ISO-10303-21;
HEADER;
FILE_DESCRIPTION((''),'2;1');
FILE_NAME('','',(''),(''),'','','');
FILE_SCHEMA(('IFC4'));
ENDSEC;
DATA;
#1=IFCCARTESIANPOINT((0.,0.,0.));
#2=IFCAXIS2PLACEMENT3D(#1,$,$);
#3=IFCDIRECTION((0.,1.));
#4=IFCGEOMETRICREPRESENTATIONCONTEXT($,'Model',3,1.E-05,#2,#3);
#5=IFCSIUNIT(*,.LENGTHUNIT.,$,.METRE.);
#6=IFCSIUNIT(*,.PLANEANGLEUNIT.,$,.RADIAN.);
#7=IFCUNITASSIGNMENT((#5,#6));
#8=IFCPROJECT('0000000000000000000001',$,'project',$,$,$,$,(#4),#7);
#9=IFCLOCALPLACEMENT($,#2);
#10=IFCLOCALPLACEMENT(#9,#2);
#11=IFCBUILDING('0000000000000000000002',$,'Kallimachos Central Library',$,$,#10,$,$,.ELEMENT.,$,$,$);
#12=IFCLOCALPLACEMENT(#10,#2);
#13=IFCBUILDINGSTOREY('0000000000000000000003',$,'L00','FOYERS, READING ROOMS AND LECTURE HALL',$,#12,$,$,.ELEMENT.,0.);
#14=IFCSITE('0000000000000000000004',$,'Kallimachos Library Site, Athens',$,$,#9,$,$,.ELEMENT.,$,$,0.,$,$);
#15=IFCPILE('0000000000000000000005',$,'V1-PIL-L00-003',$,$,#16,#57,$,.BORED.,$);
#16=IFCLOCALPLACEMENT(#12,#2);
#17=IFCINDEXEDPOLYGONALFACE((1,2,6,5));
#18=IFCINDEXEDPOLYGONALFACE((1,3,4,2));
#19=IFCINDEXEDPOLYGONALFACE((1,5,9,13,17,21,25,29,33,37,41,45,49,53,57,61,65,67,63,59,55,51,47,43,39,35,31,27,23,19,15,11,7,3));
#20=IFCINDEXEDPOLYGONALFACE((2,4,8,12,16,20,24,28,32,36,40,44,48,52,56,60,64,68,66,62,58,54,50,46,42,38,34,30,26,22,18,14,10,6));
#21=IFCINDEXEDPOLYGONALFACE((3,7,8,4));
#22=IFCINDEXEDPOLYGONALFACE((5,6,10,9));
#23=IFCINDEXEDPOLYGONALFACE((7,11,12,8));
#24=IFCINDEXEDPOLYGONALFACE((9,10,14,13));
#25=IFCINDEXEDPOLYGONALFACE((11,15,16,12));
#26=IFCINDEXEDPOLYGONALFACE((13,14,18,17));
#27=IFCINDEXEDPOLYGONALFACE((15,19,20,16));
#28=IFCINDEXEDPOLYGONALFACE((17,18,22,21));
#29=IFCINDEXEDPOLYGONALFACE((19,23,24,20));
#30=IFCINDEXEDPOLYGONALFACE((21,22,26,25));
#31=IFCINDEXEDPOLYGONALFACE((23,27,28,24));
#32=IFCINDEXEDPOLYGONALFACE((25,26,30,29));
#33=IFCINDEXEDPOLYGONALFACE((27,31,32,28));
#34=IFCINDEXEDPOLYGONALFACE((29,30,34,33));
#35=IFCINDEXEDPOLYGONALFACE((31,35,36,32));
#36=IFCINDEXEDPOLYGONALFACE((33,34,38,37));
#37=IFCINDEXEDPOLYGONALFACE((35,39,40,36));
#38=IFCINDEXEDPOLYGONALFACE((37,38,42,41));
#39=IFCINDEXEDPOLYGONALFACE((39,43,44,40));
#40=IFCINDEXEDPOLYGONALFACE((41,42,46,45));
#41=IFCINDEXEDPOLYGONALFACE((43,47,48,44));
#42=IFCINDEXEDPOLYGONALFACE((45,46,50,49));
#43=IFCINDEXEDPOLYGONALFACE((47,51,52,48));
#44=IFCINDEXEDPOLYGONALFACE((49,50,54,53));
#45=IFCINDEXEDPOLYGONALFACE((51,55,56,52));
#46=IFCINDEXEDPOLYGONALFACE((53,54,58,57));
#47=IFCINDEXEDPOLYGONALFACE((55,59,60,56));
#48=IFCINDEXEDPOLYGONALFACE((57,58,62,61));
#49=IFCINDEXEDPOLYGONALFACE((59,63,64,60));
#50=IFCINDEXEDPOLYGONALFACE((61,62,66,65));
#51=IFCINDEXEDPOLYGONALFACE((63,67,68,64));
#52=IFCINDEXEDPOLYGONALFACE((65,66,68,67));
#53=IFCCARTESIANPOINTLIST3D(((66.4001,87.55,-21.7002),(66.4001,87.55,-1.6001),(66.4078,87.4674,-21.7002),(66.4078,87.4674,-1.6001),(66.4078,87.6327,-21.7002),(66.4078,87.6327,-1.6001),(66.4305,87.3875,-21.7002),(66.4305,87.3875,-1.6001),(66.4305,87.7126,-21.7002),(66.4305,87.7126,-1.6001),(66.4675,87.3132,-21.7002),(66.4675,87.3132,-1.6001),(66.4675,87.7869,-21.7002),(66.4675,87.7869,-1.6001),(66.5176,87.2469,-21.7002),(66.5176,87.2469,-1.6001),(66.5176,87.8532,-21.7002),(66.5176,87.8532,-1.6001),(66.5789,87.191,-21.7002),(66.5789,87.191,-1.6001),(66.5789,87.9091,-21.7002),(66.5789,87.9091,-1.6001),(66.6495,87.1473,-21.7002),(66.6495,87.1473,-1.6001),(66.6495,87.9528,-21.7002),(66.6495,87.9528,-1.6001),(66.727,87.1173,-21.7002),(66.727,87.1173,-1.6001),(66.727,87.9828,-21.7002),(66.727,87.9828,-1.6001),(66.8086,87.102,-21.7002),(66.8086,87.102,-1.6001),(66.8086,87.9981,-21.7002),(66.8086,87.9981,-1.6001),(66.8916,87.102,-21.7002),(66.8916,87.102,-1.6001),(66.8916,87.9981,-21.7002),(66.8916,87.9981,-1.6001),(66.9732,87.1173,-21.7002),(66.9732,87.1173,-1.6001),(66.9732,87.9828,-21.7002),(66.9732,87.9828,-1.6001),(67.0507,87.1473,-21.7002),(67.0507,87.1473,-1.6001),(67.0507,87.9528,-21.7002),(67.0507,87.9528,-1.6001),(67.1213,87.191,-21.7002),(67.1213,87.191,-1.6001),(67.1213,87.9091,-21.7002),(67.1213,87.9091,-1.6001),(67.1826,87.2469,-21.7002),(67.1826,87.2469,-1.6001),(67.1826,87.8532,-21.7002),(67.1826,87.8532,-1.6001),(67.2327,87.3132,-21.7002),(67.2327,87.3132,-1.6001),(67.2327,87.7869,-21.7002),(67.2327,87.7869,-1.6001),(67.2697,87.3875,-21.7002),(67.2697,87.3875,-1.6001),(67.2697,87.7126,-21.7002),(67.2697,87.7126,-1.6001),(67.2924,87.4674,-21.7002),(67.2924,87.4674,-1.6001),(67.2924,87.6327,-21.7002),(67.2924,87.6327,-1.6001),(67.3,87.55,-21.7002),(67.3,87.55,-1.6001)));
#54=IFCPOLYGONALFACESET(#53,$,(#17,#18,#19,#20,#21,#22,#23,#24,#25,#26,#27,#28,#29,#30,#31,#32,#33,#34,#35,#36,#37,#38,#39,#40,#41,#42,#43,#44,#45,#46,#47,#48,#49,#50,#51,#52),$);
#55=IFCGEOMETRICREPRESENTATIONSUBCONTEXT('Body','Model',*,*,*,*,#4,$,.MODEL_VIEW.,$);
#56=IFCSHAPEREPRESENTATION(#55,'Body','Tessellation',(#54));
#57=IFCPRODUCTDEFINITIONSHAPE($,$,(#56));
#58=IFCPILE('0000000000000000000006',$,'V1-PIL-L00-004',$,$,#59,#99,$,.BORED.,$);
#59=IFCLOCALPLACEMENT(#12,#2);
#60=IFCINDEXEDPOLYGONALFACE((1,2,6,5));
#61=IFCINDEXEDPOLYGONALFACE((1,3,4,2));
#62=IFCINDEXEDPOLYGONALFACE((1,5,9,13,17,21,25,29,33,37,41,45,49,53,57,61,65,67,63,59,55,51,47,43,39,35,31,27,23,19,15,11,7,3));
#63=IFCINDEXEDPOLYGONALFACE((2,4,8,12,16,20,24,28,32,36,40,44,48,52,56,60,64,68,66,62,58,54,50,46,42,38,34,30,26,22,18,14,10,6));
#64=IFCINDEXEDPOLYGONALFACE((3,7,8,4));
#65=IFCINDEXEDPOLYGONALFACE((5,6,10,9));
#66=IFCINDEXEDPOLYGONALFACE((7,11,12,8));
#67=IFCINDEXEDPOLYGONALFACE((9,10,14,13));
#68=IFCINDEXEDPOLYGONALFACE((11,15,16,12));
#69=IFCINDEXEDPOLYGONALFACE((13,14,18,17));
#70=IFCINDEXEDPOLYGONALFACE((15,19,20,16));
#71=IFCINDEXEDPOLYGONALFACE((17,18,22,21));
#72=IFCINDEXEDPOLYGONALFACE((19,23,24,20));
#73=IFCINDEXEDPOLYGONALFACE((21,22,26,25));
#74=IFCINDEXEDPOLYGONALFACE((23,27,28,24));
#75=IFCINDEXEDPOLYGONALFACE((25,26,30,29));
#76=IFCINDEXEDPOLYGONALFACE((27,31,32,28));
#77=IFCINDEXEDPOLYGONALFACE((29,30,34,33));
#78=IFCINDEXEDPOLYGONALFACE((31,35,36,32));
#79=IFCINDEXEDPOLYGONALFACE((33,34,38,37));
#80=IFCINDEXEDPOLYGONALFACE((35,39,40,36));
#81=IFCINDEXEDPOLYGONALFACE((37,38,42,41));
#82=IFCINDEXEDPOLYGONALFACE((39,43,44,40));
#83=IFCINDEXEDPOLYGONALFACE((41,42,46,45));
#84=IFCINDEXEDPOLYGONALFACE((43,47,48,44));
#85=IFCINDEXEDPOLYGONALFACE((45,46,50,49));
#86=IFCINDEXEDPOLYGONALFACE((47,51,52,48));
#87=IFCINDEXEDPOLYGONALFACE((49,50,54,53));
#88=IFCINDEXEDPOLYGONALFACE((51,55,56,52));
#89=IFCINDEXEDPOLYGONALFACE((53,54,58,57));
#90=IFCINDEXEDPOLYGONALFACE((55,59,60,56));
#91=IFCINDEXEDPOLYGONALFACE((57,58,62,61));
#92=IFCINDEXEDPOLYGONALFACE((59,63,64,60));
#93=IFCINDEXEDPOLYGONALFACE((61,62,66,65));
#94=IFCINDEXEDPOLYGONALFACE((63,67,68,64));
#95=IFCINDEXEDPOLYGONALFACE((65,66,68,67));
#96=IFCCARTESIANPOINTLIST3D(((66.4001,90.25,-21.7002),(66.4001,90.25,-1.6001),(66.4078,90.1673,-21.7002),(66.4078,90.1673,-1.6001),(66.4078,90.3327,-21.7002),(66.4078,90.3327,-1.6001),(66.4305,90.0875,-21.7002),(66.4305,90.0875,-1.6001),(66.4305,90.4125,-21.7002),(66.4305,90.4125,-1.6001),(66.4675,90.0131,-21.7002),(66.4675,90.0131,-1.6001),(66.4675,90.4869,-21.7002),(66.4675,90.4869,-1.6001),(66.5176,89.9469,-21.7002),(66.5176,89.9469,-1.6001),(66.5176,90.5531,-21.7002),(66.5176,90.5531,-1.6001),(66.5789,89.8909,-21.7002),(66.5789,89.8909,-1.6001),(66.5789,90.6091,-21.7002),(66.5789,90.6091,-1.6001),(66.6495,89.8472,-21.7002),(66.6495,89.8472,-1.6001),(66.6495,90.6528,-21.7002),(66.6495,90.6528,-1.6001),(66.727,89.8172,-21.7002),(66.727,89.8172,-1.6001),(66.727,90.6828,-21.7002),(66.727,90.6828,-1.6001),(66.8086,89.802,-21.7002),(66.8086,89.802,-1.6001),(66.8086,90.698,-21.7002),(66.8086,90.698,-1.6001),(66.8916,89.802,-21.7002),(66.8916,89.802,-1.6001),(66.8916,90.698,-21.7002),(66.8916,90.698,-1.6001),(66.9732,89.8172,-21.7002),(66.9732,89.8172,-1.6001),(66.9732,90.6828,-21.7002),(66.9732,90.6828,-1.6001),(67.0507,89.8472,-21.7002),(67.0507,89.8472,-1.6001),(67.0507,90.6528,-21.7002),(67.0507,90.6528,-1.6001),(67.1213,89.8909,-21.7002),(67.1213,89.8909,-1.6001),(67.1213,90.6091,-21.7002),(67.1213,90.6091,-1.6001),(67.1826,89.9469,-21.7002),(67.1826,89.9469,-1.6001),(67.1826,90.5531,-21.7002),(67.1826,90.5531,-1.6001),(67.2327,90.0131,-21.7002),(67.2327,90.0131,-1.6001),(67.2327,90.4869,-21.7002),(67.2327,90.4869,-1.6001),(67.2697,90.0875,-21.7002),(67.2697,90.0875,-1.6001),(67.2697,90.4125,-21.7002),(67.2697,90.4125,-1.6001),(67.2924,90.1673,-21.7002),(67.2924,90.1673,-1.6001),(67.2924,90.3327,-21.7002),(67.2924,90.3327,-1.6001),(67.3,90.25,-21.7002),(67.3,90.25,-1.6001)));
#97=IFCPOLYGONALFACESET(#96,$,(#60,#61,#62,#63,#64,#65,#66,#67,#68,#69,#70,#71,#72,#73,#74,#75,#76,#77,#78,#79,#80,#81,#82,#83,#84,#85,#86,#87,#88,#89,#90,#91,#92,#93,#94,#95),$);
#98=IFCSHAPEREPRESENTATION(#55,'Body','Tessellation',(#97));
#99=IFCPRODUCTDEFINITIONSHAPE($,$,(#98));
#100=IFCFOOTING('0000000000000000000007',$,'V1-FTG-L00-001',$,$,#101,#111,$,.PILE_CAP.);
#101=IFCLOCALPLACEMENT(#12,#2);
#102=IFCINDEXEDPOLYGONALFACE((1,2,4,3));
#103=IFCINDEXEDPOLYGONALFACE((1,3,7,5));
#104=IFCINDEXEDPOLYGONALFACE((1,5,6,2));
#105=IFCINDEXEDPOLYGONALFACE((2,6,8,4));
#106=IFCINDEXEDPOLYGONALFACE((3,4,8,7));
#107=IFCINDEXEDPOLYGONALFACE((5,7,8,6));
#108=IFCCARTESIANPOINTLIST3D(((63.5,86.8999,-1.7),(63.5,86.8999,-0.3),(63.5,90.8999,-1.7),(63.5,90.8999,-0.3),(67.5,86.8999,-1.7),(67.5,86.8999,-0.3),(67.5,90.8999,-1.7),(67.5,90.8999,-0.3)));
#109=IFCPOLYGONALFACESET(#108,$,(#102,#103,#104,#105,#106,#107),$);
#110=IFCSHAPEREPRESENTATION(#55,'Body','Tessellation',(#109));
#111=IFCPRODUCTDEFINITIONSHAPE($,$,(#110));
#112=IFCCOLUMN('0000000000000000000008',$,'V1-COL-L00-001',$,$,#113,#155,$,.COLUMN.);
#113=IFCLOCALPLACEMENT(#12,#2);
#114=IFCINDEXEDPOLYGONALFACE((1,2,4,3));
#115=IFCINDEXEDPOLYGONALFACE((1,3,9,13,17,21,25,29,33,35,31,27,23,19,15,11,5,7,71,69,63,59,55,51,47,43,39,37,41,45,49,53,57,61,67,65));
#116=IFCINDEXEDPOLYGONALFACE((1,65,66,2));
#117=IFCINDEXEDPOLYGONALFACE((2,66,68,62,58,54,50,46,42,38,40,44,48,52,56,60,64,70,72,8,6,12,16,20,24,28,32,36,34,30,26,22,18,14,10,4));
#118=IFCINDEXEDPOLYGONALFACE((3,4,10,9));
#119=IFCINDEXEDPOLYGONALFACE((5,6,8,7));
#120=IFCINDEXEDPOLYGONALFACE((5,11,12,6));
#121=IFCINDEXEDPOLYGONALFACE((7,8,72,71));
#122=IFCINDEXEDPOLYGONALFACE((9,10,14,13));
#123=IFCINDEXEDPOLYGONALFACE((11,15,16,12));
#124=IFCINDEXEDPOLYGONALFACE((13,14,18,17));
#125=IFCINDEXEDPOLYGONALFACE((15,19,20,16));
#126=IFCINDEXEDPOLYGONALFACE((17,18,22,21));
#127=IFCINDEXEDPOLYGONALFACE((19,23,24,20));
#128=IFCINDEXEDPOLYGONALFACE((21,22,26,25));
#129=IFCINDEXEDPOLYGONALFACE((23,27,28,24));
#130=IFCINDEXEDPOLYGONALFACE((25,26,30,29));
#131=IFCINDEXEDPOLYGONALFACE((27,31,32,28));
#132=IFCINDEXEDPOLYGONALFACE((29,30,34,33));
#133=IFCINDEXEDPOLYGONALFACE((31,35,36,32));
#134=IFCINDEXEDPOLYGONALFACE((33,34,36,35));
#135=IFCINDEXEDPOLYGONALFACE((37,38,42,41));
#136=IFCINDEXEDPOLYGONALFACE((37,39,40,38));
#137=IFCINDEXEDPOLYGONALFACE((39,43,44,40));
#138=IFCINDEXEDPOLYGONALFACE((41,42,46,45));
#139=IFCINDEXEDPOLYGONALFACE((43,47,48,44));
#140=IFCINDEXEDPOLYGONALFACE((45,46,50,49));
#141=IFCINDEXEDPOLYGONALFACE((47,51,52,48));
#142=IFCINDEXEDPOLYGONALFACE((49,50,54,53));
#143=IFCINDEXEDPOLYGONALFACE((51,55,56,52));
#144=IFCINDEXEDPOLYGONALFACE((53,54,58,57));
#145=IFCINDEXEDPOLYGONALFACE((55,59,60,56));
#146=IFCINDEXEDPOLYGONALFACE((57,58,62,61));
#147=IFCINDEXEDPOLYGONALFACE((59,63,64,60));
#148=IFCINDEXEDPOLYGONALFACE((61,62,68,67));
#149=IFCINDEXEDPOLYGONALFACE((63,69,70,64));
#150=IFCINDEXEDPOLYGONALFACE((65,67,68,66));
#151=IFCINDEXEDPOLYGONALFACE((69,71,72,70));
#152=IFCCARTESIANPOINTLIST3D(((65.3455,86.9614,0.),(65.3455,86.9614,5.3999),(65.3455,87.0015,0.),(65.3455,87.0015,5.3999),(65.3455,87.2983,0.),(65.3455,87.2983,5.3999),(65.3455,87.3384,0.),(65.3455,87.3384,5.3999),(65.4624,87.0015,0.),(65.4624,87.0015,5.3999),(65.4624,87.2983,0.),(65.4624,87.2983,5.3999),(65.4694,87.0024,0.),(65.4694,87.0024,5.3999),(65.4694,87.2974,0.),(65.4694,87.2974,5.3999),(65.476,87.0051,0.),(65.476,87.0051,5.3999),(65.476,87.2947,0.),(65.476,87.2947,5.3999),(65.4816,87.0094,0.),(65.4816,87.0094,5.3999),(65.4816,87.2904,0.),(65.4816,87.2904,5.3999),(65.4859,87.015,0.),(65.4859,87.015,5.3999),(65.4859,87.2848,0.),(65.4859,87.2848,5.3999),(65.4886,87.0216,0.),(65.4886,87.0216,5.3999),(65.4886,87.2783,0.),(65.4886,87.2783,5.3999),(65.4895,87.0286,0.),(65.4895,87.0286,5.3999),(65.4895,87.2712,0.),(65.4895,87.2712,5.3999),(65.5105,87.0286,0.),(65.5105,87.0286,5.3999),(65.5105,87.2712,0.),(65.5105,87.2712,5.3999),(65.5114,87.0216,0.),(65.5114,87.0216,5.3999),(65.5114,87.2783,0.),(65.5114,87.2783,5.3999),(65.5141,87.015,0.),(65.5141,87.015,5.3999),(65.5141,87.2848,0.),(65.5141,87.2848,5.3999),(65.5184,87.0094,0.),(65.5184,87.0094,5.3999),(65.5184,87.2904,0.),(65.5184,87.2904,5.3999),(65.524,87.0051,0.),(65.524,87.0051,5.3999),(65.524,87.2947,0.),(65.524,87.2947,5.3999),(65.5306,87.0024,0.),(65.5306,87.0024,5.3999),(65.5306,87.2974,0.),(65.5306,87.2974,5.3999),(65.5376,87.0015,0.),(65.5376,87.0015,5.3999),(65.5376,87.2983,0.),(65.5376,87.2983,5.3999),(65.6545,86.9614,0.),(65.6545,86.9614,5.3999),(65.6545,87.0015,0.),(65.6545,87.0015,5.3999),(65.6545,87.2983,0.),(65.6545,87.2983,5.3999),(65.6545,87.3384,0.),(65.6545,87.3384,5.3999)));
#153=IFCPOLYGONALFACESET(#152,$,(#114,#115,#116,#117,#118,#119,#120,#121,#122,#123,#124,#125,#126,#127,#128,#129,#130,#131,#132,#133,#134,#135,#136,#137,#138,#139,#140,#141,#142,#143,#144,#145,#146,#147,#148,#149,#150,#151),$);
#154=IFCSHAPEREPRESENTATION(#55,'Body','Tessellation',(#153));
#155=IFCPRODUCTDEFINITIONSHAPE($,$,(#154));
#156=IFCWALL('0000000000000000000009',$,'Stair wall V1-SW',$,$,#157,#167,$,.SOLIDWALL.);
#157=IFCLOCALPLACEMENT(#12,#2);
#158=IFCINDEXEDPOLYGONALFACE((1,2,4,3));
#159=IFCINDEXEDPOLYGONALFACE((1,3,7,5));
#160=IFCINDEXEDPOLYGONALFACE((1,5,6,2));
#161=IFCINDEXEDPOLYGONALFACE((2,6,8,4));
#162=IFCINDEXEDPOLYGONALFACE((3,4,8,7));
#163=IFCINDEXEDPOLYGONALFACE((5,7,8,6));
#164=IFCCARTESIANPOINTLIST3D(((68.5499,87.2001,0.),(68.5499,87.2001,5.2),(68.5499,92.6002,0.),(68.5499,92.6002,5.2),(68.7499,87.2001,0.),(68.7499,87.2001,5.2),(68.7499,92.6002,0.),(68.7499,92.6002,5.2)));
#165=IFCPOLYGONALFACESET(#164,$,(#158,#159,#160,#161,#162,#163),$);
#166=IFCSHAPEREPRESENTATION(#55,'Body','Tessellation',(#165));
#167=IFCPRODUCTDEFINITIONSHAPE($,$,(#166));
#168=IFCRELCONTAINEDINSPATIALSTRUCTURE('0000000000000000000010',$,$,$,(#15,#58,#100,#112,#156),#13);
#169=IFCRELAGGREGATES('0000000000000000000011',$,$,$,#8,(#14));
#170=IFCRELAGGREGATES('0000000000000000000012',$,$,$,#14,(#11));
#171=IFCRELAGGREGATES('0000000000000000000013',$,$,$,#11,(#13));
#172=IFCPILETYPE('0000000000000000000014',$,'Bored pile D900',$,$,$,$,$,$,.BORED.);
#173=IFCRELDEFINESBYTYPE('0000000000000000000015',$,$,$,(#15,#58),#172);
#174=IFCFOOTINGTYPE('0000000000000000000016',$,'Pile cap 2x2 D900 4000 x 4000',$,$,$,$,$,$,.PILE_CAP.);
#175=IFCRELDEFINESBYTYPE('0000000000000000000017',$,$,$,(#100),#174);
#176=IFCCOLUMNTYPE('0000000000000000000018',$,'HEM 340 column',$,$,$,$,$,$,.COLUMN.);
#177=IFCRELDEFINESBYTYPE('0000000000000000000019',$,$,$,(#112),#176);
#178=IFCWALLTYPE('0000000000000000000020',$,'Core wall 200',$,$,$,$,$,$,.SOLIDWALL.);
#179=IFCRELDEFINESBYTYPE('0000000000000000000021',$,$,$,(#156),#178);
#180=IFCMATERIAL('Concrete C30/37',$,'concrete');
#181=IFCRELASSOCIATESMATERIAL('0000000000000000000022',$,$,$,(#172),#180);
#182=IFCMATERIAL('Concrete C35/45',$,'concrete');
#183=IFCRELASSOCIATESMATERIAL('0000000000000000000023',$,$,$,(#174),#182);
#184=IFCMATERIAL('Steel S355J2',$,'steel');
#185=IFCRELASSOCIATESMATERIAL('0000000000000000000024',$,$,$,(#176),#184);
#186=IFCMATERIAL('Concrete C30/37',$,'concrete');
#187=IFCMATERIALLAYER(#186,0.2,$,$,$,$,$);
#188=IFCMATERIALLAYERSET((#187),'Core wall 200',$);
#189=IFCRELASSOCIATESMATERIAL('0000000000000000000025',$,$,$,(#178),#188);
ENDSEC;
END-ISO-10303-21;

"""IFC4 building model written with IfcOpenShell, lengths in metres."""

from ifc_helpers import new_model, si_unit, direction, frame, frame_2d, origin, origin_2d, place, context, subcontext, project, spatial, rectangle, circle, i_section, extrude, material, layer, layer_set, material_profile, profile_set, type_object, element, save


model = new_model("IFC4")

# Units and contexts
model_context = context("Model", 3, precision=1e-05, world=origin(), true_north=direction((0.0, 1.0)))
body_context = subcontext(model_context, "Body", "Model", "MODEL_VIEW")
ifc_project = project(units=[si_unit("LENGTHUNIT", "METRE"), si_unit("PLANEANGLEUNIT", "RADIAN")], contexts=[model_context])

# Site, building, storey
site_placement = place(None, origin())
site = spatial("IfcSite", under=ifc_project, at=site_placement, Name="Kallimachos Library Site, Athens", CompositionType="ELEMENT", RefElevation=0.0)
building_placement = place(site_placement, origin())
building = spatial("IfcBuilding", under=site, at=building_placement, Name="Kallimachos Central Library", CompositionType="ELEMENT")
storey_placement = place(building_placement, origin())
storey = spatial("IfcBuildingStorey", under=building, at=storey_placement, Name="L00", Description="FOYERS, READING ROOMS AND LECTURE HALL", CompositionType="ELEMENT", Elevation=0.0)

# Piles
ifc_material_1 = material(Name="Concrete C30/37", Category="concrete")
pile_type = type_object("IfcPileType", Name="Bored pile D900", PredefinedType="BORED", material=ifc_material_1)
for number, where, z_axis, x_axis, name in (
    (1, (66.8501, 87.55, -1.6001), (0.0, 0.0, -1.0), (1.0, 0.0, 0.0), "V1-PIL-L00-003"),
    (2, (66.8501, 90.25, -1.6001), (0.0, 0.0, -1.0), (1.0, 0.0, 0.0), "V1-PIL-L00-004"),
):
    element("IfcPile", number, at=place(storey_placement, frame(where, z_axis=z_axis, x_axis=x_axis)), inside=storey, type_object=pile_type, Name=name, PredefinedType="BORED", context=body_context, shape_type="SweptSolid", body=[
        extrude(circle(Radius=0.45, at=origin_2d()), origin(), (0.0, 0.0, 1.0), 20.1001),
    ])

# Footing
ifc_material_2 = material(Name="Concrete C35/45", Category="concrete")
footing_type = type_object("IfcFootingType", Name="Pile cap 2x2 D900 4000 x 4000", PredefinedType="PILE_CAP", material=ifc_material_2)
footing_placement = place(storey_placement, frame((65.5, 88.8999, -1.7), z_axis=(0.0, 0.0, 1.0), x_axis=(1.0, 0.0, 0.0)))
element("IfcFooting", 3, at=footing_placement, inside=storey, type_object=footing_type, Name="V1-FTG-L00-001", PredefinedType="PILE_CAP", context=body_context, shape_type="SweptSolid", body=[
    extrude(rectangle(XDim=4.0, YDim=4.0, at=origin_2d()), origin(), (0.0, 0.0, 1.0), 1.3999),
])

# Column
ifc_material_3 = material(Name="Steel S355J2", Category="steel")
ifc_material_profile = material_profile(ifc_material_3, i_section(OverallWidth=0.3091, OverallDepth=0.377, WebThickness=0.021, FlangeThickness=0.04, FilletRadius=0.0271, at=origin_2d()), Name="HEM 340")
ifc_profile_set = profile_set([ifc_material_profile], Name="Steel S355J2")
column_type = type_object("IfcColumnType", Name="HEM 340 column", PredefinedType="COLUMN", material=ifc_profile_set)
column_placement = place(storey_placement, frame((65.5, 87.1499, 0.0), z_axis=(0.0, 0.0, 1.0), x_axis=(1.0, 0.0, 0.0)))
element("IfcColumn", 4, at=column_placement, inside=storey, type_object=column_type, Name="V1-COL-L00-001", PredefinedType="COLUMN", context=body_context, shape_type="SweptSolid", body=[
    extrude(i_section(OverallWidth=0.3091, OverallDepth=0.377, WebThickness=0.021, FlangeThickness=0.04, FilletRadius=0.0271, at=origin_2d()), origin(), (0.0, 0.0, 1.0), 5.3999),
])

# Wall
ifc_material_4 = material(Name="Concrete C30/37", Category="concrete")
ifc_layer_1 = layer(ifc_material_4, 0.2)
ifc_layer_set_1 = layer_set([ifc_layer_1], Name="Core wall 200")
wall_type_1 = type_object("IfcWallType", Name="Core wall 200", PredefinedType="SOLIDWALL", material=ifc_layer_set_1)
wall_1_placement = place(storey_placement, frame((68.6499, 87.2, 0.0), z_axis=(0.0, 0.0, 1.0), x_axis=(0.0, 1.0, 0.0)))
element("IfcWall", 5, at=wall_1_placement, inside=storey, type_object=wall_type_1, Name="Stair wall V1-SW", PredefinedType="SOLIDWALL", context=body_context, shape_type="SweptSolid", body=[
    extrude(rectangle(XDim=5.4001, YDim=0.2, at=frame_2d((2.7002, 0.0))), origin(), (0.0, 0.0, 1.0), 5.2),
])

save(model, "model.ifc")
